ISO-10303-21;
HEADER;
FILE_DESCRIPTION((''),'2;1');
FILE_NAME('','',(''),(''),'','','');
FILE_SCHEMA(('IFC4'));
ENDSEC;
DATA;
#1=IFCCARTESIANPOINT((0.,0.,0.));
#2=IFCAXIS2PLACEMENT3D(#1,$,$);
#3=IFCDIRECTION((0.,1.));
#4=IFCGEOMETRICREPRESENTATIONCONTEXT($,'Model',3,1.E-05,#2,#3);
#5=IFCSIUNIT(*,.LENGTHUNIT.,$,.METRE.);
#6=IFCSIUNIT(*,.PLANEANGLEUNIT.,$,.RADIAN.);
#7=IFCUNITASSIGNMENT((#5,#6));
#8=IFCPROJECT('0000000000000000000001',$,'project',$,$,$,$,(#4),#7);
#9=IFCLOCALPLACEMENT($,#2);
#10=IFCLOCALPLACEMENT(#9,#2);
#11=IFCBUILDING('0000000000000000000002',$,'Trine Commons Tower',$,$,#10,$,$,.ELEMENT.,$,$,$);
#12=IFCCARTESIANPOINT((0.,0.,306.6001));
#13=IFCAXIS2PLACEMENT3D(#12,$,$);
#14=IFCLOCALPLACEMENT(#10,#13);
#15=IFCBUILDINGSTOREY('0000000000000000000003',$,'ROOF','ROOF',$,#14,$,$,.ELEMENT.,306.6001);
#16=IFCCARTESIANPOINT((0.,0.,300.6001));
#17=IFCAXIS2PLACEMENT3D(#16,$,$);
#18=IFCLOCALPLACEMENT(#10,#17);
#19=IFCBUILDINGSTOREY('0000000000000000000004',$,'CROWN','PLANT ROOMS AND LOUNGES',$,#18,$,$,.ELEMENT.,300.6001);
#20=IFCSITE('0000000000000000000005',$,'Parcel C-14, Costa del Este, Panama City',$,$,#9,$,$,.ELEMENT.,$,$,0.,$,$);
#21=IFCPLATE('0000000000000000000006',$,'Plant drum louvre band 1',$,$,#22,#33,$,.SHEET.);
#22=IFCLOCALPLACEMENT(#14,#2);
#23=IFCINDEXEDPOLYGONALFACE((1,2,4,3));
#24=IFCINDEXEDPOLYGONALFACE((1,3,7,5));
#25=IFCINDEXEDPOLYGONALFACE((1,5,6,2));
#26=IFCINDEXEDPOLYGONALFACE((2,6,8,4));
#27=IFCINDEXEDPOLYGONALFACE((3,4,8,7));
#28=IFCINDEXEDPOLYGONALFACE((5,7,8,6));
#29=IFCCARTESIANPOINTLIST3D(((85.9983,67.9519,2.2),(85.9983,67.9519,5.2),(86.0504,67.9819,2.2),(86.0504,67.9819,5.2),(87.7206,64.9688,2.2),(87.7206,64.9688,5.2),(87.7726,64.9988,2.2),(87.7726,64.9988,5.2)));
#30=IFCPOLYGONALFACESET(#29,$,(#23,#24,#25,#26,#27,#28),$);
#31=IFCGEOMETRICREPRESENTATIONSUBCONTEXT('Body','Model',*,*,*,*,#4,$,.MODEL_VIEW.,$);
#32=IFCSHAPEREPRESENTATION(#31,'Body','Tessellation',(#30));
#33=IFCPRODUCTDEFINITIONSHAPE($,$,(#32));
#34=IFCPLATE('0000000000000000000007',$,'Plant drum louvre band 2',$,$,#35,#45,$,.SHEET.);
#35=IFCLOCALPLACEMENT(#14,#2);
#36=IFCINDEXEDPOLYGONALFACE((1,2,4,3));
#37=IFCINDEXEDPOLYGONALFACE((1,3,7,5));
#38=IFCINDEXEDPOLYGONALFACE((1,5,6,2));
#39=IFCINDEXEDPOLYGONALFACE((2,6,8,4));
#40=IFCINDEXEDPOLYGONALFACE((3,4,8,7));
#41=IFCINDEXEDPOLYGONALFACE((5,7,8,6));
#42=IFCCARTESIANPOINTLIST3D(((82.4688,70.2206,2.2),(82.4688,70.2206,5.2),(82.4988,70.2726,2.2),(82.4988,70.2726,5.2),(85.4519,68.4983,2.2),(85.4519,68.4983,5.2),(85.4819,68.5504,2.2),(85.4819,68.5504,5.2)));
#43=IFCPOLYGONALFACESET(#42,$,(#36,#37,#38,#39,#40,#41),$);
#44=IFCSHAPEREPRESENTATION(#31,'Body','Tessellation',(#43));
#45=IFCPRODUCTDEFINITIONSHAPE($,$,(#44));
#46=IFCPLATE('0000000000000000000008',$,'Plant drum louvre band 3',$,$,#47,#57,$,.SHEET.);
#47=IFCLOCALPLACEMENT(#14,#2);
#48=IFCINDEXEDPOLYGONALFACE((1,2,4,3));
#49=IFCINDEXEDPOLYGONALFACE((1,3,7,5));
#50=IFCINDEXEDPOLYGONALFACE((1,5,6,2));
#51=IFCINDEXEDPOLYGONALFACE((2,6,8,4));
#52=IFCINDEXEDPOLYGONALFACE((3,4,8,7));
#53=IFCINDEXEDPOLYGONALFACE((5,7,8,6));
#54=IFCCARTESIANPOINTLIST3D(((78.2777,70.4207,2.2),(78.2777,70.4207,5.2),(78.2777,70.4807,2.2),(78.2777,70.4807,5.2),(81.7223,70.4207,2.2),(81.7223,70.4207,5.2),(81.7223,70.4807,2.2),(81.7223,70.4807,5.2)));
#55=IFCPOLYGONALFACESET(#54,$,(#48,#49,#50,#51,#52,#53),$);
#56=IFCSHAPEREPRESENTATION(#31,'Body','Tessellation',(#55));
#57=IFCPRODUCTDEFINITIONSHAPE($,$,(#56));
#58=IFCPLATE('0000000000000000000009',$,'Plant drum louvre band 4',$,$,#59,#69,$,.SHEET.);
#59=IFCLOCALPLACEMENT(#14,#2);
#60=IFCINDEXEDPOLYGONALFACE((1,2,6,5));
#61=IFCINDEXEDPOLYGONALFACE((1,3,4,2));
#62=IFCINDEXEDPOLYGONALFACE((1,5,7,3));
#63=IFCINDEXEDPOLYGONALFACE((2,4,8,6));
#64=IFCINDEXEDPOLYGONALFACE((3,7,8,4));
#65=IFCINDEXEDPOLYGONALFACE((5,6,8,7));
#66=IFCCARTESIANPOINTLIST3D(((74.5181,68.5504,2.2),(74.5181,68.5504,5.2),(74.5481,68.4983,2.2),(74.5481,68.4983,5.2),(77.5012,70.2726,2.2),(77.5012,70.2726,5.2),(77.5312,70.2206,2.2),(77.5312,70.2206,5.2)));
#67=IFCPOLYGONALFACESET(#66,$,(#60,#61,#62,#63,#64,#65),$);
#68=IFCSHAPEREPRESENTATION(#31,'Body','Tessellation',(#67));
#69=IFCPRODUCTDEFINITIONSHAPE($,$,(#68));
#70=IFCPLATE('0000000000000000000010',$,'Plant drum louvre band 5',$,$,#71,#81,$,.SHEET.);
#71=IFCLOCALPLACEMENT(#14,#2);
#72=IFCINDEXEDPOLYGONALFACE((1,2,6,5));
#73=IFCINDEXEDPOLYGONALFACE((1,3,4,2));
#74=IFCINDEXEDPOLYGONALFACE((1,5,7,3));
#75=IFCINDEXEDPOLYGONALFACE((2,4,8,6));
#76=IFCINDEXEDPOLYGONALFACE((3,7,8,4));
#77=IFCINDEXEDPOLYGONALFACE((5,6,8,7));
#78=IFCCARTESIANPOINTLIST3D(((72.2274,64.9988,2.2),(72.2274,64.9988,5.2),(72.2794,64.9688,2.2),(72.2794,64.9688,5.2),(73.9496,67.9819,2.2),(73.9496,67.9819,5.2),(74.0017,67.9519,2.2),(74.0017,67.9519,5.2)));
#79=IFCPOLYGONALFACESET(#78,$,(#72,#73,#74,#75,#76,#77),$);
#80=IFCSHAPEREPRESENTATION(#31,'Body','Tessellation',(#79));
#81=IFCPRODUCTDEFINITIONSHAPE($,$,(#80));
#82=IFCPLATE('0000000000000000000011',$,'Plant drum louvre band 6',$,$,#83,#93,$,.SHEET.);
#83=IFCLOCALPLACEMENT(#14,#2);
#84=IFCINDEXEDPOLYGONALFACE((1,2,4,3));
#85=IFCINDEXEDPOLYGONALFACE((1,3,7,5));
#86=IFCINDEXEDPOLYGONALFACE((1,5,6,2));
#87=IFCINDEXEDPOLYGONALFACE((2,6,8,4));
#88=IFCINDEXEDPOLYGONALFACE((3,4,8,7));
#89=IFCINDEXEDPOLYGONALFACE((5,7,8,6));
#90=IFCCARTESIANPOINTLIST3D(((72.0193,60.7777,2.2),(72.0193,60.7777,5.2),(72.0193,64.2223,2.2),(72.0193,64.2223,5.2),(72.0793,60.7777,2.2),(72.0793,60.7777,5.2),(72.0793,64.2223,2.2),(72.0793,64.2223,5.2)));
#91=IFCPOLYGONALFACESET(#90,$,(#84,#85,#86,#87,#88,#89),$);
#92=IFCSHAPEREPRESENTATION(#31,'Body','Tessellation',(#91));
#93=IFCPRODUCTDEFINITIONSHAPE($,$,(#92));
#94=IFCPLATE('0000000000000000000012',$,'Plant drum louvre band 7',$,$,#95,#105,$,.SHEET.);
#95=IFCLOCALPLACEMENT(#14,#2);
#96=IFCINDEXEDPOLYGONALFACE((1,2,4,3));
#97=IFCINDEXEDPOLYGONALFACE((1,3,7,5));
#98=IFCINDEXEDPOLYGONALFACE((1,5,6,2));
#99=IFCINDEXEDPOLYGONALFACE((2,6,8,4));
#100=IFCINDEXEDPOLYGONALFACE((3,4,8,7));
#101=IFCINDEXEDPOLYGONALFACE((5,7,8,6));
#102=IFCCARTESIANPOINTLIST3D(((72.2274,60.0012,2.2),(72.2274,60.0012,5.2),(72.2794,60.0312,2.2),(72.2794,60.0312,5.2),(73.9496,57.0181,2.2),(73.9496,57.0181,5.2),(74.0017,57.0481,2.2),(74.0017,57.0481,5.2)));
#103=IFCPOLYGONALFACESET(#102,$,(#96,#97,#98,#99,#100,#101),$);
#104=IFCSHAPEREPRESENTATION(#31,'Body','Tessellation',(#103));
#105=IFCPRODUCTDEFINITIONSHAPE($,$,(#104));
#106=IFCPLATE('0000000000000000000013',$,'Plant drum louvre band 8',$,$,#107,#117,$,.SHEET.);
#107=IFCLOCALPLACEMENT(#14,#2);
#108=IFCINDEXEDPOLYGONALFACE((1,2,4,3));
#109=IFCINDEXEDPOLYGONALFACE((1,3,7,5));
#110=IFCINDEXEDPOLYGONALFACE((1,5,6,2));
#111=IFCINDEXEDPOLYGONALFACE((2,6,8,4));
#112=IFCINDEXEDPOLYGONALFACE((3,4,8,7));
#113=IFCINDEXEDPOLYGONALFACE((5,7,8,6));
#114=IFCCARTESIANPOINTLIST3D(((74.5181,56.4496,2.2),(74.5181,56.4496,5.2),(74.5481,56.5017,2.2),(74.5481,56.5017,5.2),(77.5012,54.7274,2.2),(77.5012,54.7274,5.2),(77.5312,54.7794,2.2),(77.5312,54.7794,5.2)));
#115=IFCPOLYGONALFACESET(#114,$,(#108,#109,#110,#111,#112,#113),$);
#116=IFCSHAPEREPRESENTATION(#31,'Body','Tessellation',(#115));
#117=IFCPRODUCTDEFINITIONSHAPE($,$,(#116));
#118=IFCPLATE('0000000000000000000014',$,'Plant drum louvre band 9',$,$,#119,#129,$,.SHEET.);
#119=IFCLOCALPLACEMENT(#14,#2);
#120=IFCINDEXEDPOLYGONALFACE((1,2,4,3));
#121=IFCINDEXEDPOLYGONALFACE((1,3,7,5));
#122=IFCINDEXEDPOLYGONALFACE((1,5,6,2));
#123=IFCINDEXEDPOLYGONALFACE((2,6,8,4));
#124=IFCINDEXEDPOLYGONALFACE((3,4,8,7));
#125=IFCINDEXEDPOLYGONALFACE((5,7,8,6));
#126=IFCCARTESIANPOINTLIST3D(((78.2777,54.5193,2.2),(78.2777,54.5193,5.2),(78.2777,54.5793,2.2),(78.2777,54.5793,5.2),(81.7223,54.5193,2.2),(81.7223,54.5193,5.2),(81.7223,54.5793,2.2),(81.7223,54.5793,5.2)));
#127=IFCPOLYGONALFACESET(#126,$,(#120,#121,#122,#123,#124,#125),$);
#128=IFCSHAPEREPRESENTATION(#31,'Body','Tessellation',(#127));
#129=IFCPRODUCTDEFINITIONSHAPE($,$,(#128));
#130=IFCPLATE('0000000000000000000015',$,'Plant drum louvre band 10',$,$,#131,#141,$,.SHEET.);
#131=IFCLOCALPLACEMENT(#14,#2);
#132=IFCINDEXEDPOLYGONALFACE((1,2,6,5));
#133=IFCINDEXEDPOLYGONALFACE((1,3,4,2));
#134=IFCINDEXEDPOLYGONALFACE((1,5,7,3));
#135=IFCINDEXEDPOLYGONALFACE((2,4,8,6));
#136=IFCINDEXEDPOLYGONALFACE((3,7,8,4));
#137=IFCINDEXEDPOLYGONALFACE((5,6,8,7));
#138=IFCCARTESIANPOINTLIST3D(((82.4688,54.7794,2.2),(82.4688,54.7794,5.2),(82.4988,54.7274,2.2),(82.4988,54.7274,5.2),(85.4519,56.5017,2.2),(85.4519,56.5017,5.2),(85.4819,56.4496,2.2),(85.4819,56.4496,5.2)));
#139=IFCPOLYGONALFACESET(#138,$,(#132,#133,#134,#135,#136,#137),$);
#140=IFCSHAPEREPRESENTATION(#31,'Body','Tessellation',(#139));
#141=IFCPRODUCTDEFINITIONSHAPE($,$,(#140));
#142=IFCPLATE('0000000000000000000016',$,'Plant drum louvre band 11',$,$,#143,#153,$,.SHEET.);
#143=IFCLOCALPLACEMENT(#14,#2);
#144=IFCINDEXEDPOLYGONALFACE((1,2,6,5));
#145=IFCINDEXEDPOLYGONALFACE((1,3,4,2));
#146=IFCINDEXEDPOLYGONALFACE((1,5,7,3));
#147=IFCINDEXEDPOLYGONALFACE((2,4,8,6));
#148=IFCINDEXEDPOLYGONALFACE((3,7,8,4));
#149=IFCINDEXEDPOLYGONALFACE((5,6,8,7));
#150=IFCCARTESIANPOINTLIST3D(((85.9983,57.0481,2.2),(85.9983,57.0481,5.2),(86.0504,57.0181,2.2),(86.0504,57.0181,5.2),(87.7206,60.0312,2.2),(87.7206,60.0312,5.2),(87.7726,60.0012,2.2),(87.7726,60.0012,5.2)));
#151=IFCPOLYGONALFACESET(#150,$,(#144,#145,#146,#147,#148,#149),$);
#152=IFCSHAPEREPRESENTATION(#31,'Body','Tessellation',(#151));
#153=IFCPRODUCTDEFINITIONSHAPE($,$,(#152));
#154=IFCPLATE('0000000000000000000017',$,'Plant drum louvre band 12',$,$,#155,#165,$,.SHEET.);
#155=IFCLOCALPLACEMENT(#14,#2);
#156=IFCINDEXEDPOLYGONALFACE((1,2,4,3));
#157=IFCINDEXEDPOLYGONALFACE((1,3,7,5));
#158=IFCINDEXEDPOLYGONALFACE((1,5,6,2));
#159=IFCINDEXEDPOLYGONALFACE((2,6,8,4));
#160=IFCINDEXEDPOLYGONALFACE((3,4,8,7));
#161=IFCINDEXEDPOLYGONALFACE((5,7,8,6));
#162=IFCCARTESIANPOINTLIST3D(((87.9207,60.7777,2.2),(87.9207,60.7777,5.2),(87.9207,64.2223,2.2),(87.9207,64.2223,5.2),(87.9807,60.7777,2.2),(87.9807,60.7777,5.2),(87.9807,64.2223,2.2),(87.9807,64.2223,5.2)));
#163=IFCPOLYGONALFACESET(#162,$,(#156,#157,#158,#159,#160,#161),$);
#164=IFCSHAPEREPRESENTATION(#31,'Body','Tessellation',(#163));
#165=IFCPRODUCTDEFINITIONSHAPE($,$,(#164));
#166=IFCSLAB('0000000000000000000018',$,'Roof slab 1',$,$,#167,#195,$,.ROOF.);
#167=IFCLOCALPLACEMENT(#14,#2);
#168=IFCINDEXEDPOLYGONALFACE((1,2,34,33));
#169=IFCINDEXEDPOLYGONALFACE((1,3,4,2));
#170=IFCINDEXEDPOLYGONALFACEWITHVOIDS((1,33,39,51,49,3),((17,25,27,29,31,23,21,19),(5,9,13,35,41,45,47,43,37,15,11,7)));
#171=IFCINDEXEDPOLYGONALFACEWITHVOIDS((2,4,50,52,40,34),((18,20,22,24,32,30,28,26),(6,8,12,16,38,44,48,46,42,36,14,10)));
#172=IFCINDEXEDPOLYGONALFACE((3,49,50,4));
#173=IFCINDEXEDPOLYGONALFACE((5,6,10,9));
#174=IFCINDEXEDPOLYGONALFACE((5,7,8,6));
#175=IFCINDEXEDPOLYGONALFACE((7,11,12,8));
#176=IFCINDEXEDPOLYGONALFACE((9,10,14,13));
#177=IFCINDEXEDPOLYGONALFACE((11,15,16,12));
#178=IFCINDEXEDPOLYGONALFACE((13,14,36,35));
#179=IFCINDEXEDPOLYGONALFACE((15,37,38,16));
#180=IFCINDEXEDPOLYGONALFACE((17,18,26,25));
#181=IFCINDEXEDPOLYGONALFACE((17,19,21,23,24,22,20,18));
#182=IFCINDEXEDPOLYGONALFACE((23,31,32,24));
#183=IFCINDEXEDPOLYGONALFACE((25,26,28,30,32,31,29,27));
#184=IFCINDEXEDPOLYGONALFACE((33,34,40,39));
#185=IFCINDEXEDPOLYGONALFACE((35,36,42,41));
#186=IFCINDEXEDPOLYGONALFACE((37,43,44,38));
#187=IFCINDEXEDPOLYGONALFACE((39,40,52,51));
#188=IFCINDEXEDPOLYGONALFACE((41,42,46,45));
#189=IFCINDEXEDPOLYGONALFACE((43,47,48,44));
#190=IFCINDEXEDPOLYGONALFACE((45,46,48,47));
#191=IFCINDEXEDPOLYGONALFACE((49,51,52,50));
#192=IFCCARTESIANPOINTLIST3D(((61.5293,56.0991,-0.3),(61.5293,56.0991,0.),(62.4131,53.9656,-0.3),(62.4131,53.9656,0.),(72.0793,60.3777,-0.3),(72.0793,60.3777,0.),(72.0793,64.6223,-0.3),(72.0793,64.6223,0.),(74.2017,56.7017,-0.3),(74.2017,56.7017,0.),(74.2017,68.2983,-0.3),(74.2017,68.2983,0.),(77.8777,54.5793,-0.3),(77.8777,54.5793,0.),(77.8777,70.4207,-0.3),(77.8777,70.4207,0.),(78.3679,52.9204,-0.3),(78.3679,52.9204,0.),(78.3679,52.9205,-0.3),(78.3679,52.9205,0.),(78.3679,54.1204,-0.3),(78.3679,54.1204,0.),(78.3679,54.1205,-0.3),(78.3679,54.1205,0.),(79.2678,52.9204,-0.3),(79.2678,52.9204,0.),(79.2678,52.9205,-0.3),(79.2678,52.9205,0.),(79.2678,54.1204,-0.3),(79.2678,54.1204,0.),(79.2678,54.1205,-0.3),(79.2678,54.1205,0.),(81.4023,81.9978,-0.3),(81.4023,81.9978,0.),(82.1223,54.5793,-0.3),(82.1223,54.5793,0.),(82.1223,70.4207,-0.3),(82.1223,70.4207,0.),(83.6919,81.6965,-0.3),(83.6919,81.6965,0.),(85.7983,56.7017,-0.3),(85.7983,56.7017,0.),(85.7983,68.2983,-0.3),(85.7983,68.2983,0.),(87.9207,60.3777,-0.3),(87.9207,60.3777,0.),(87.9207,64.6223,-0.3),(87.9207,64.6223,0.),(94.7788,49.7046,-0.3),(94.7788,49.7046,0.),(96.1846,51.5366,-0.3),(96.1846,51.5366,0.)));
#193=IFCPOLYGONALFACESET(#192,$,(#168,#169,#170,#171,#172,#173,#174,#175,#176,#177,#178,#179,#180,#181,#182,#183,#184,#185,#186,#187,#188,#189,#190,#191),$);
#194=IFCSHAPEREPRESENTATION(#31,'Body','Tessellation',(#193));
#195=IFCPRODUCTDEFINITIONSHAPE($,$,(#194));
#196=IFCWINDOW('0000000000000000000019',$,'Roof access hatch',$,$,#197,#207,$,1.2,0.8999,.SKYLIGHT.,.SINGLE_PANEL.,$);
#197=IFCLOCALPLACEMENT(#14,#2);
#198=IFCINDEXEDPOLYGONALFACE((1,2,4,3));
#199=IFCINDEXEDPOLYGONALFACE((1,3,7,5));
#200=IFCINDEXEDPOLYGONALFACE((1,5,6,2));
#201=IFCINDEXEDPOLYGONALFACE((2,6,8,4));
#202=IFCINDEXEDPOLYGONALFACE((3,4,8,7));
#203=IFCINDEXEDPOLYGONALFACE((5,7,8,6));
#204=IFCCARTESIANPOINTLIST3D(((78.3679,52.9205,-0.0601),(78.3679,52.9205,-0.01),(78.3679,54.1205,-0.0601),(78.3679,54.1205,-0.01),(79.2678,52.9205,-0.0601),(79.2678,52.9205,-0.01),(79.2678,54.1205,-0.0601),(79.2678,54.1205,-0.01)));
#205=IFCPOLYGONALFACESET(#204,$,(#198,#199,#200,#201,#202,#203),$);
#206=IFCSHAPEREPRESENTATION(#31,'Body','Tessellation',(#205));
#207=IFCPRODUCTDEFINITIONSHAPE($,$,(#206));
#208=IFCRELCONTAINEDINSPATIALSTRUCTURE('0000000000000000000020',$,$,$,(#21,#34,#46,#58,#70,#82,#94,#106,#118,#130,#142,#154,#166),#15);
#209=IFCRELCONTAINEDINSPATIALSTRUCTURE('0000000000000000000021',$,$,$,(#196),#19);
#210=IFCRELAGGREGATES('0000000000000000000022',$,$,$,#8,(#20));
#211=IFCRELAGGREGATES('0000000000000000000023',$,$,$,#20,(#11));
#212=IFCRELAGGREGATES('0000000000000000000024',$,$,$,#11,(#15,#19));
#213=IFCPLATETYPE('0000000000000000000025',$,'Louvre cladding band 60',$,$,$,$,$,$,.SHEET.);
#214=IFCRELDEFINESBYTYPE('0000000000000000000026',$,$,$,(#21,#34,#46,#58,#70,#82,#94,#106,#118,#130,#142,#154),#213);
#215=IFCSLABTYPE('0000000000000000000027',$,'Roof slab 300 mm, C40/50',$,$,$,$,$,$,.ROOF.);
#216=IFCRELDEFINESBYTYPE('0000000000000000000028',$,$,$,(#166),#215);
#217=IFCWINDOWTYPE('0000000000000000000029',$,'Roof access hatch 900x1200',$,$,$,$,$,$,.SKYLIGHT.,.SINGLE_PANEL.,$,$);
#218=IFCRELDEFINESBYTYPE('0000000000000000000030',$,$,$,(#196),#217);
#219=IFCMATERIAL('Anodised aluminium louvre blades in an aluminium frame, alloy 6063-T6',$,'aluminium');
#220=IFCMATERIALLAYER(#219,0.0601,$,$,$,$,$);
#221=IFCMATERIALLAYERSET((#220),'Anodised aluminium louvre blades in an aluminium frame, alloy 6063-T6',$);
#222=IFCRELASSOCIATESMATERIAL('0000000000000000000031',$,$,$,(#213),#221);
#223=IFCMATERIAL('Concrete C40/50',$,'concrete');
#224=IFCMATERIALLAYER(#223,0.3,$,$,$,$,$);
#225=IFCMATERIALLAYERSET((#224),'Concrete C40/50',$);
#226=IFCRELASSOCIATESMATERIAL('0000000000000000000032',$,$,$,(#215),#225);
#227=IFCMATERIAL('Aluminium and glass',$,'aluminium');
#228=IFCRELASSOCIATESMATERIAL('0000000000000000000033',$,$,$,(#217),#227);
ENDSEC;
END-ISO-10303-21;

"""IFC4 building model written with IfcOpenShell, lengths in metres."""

from ifc_helpers import new_model, si_unit, direction, frame, origin, origin_2d, place, context, subcontext, project, spatial, polyline, rectangle, outline, extrude, material, layer, layer_set, type_object, element, fill, save


model = new_model("IFC4")

# Units and contexts
model_context = context("Model", 3, precision=1e-05, world=origin(), true_north=direction((0.0, 1.0)))
body_context = subcontext(model_context, "Body", "Model", "MODEL_VIEW")
ifc_project = project(units=[si_unit("LENGTHUNIT", "METRE"), si_unit("PLANEANGLEUNIT", "RADIAN")], contexts=[model_context])

# Site, building, storey
site_placement = place(None, origin())
site = spatial("IfcSite", under=ifc_project, at=site_placement, Name="Parcel C-14, Costa del Este, Panama City", CompositionType="ELEMENT", RefElevation=0.0)
building_placement = place(site_placement, origin())
building = spatial("IfcBuilding", under=site, at=building_placement, Name="Trine Commons Tower", CompositionType="ELEMENT")
storey_1_placement = place(building_placement, frame((0.0, 0.0, 306.6001)))
storey_1 = spatial("IfcBuildingStorey", under=building, at=storey_1_placement, Name="ROOF", Description="ROOF", CompositionType="ELEMENT", Elevation=306.6001)

# Plates
ifc_material_1 = material(Name="Anodised aluminium louvre blades in an aluminium frame, alloy 6063-T6", Category="aluminium")
ifc_layer_1 = layer(ifc_material_1, 0.0601)
ifc_layer_set_1 = layer_set([ifc_layer_1], Name="Anodised aluminium louvre blades in an aluminium frame, alloy 6063-T6")
plate_type = type_object("IfcPlateType", Name="Louvre cladding band 60", PredefinedType="SHEET", material=ifc_layer_set_1)
for number, where, z_axis, x_axis, name in (
    (1, (86.8855, 66.4753, 2.2), (0.0, 0.0, 1.0), (-0.5, 0.866025, 0.0), "Plant drum louvre band 1"),
    (2, (83.9753, 69.3855, 2.2), (0.0, 0.0, 1.0), (-0.866025, 0.5, 0.0), "Plant drum louvre band 2"),
    (3, (80.0, 70.4507, 2.2), (0.0, 0.0, 1.0), (-1.0, 0.0, 0.0), "Plant drum louvre band 3"),
    (4, (76.0247, 69.3855, 2.2), (0.0, 0.0, 1.0), (-0.866025, -0.5, 0.0), "Plant drum louvre band 4"),
    (5, (73.1145, 66.4753, 2.2), (0.0, 0.0, 1.0), (-0.5, -0.866025, 0.0), "Plant drum louvre band 5"),
    (6, (72.0493, 62.5, 2.2), (0.0, 0.0, 1.0), (0.0, -1.0, 0.0), "Plant drum louvre band 6"),
    (7, (73.1145, 58.5247, 2.2), (0.0, 0.0, 1.0), (0.5, -0.866025, 0.0), "Plant drum louvre band 7"),
    (8, (76.0247, 55.6145, 2.2), (0.0, 0.0, 1.0), (0.866025, -0.5, 0.0), "Plant drum louvre band 8"),
    (9, (80.0, 54.5493, 2.2), (0.0, 0.0, 1.0), (1.0, 0.0, 0.0), "Plant drum louvre band 9"),
    (10, (83.9753, 55.6145, 2.2), (0.0, 0.0, 1.0), (0.866025, 0.5, 0.0), "Plant drum louvre band 10"),
    (11, (86.8855, 58.5247, 2.2), (0.0, 0.0, 1.0), (0.5, 0.866025, 0.0), "Plant drum louvre band 11"),
    (12, (87.9507, 62.5, 2.2), (0.0, 0.0, 1.0), (0.0, 1.0, 0.0), "Plant drum louvre band 12"),
):
    element("IfcPlate", number, at=place(storey_1_placement, frame(where, z_axis=z_axis, x_axis=x_axis)), inside=storey_1, type_object=plate_type, Name=name, PredefinedType="SHEET", context=body_context, shape_type="SweptSolid", body=[
        extrude(rectangle(XDim=3.4446, YDim=0.0601, at=origin_2d()), origin(), (0.0, 0.0, 1.0), 3.0),
    ])

# Slab, opening
ifc_material_2 = material(Name="Concrete C40/50", Category="concrete")
ifc_layer_2 = layer(ifc_material_2, 0.3)
ifc_layer_set_2 = layer_set([ifc_layer_2], Name="Concrete C40/50")
slab_type = type_object("IfcSlabType", Name="Roof slab 300 mm, C40/50", PredefinedType="ROOF", material=ifc_layer_set_2)
slab_1_placement = place(storey_1_placement, frame((0.0, 0.0, -0.3)))
slab_1 = element("IfcSlab", 13, at=slab_1_placement, inside=storey_1, type_object=slab_type, Name="Roof slab 1", PredefinedType="ROOF", context=body_context, shape_type="SweptSolid", body=[
    extrude(outline(polyline([(62.4131, 53.9656), (94.7788, 49.7046), (96.1846, 51.5366), (83.6919, 81.6965), (81.4023, 81.9978), (61.5293, 56.0991), (62.4131, 53.9656)]), holes=[polyline([(85.7983, 68.2983), (82.1223, 70.4207), (77.8777, 70.4207), (74.2017, 68.2983), (72.0793, 64.6223), (72.0793, 60.3777), (74.2017, 56.7017), (77.8777, 54.5793), (82.1223, 54.5793), (85.7983, 56.7017), (87.9207, 60.3777), (87.9207, 64.6223), (85.7983, 68.2983)]), polyline([(78.3679, 52.9204), (79.2678, 52.9204), (79.2678, 54.1204), (78.3679, 54.1204), (78.3679, 52.9204)])]), origin(), (0.0, 0.0, 1.0), 0.3),
])
opening_placement = place(slab_1_placement, frame((78.8179, 53.5205, -0.01)))
opening = element("IfcOpeningElement", 14, at=opening_placement, cuts=slab_1, PredefinedType="OPENING", context=body_context, shape_type="SweptSolid", body=[
    extrude(rectangle(XDim=0.8999, YDim=1.2, at=origin_2d()), origin(), (0.0, 0.0, 1.0), 0.3201),
])

# Shared definitions
storey_2_placement = place(building_placement, frame((0.0, 0.0, 300.6001)))
storey_2 = spatial("IfcBuildingStorey", under=building, at=storey_2_placement, Name="CROWN", Description="PLANT ROOMS AND LOUNGES", CompositionType="ELEMENT", Elevation=300.6001)

# Window
ifc_material_3 = material(Name="Aluminium and glass", Category="aluminium")
window_type = type_object("IfcWindowType", Name="Roof access hatch 900x1200", PartitioningType="SINGLE_PANEL", PredefinedType="SKYLIGHT", material=ifc_material_3)
window_placement = place(opening_placement, frame((0.0, 0.0, 0.25)))
window = element("IfcWindow", 15, at=window_placement, inside=storey_2, type_object=window_type, Name="Roof access hatch", OverallHeight=1.2, OverallWidth=0.8999, PartitioningType="SINGLE_PANEL", PredefinedType="SKYLIGHT", context=body_context, shape_type="SweptSolid", body=[
    extrude(rectangle(XDim=0.8999, YDim=1.2, at=origin_2d()), origin(), (0.0, 0.0, 1.0), 0.05),
])
fill(opening, window)

save(model, "model.ifc")
